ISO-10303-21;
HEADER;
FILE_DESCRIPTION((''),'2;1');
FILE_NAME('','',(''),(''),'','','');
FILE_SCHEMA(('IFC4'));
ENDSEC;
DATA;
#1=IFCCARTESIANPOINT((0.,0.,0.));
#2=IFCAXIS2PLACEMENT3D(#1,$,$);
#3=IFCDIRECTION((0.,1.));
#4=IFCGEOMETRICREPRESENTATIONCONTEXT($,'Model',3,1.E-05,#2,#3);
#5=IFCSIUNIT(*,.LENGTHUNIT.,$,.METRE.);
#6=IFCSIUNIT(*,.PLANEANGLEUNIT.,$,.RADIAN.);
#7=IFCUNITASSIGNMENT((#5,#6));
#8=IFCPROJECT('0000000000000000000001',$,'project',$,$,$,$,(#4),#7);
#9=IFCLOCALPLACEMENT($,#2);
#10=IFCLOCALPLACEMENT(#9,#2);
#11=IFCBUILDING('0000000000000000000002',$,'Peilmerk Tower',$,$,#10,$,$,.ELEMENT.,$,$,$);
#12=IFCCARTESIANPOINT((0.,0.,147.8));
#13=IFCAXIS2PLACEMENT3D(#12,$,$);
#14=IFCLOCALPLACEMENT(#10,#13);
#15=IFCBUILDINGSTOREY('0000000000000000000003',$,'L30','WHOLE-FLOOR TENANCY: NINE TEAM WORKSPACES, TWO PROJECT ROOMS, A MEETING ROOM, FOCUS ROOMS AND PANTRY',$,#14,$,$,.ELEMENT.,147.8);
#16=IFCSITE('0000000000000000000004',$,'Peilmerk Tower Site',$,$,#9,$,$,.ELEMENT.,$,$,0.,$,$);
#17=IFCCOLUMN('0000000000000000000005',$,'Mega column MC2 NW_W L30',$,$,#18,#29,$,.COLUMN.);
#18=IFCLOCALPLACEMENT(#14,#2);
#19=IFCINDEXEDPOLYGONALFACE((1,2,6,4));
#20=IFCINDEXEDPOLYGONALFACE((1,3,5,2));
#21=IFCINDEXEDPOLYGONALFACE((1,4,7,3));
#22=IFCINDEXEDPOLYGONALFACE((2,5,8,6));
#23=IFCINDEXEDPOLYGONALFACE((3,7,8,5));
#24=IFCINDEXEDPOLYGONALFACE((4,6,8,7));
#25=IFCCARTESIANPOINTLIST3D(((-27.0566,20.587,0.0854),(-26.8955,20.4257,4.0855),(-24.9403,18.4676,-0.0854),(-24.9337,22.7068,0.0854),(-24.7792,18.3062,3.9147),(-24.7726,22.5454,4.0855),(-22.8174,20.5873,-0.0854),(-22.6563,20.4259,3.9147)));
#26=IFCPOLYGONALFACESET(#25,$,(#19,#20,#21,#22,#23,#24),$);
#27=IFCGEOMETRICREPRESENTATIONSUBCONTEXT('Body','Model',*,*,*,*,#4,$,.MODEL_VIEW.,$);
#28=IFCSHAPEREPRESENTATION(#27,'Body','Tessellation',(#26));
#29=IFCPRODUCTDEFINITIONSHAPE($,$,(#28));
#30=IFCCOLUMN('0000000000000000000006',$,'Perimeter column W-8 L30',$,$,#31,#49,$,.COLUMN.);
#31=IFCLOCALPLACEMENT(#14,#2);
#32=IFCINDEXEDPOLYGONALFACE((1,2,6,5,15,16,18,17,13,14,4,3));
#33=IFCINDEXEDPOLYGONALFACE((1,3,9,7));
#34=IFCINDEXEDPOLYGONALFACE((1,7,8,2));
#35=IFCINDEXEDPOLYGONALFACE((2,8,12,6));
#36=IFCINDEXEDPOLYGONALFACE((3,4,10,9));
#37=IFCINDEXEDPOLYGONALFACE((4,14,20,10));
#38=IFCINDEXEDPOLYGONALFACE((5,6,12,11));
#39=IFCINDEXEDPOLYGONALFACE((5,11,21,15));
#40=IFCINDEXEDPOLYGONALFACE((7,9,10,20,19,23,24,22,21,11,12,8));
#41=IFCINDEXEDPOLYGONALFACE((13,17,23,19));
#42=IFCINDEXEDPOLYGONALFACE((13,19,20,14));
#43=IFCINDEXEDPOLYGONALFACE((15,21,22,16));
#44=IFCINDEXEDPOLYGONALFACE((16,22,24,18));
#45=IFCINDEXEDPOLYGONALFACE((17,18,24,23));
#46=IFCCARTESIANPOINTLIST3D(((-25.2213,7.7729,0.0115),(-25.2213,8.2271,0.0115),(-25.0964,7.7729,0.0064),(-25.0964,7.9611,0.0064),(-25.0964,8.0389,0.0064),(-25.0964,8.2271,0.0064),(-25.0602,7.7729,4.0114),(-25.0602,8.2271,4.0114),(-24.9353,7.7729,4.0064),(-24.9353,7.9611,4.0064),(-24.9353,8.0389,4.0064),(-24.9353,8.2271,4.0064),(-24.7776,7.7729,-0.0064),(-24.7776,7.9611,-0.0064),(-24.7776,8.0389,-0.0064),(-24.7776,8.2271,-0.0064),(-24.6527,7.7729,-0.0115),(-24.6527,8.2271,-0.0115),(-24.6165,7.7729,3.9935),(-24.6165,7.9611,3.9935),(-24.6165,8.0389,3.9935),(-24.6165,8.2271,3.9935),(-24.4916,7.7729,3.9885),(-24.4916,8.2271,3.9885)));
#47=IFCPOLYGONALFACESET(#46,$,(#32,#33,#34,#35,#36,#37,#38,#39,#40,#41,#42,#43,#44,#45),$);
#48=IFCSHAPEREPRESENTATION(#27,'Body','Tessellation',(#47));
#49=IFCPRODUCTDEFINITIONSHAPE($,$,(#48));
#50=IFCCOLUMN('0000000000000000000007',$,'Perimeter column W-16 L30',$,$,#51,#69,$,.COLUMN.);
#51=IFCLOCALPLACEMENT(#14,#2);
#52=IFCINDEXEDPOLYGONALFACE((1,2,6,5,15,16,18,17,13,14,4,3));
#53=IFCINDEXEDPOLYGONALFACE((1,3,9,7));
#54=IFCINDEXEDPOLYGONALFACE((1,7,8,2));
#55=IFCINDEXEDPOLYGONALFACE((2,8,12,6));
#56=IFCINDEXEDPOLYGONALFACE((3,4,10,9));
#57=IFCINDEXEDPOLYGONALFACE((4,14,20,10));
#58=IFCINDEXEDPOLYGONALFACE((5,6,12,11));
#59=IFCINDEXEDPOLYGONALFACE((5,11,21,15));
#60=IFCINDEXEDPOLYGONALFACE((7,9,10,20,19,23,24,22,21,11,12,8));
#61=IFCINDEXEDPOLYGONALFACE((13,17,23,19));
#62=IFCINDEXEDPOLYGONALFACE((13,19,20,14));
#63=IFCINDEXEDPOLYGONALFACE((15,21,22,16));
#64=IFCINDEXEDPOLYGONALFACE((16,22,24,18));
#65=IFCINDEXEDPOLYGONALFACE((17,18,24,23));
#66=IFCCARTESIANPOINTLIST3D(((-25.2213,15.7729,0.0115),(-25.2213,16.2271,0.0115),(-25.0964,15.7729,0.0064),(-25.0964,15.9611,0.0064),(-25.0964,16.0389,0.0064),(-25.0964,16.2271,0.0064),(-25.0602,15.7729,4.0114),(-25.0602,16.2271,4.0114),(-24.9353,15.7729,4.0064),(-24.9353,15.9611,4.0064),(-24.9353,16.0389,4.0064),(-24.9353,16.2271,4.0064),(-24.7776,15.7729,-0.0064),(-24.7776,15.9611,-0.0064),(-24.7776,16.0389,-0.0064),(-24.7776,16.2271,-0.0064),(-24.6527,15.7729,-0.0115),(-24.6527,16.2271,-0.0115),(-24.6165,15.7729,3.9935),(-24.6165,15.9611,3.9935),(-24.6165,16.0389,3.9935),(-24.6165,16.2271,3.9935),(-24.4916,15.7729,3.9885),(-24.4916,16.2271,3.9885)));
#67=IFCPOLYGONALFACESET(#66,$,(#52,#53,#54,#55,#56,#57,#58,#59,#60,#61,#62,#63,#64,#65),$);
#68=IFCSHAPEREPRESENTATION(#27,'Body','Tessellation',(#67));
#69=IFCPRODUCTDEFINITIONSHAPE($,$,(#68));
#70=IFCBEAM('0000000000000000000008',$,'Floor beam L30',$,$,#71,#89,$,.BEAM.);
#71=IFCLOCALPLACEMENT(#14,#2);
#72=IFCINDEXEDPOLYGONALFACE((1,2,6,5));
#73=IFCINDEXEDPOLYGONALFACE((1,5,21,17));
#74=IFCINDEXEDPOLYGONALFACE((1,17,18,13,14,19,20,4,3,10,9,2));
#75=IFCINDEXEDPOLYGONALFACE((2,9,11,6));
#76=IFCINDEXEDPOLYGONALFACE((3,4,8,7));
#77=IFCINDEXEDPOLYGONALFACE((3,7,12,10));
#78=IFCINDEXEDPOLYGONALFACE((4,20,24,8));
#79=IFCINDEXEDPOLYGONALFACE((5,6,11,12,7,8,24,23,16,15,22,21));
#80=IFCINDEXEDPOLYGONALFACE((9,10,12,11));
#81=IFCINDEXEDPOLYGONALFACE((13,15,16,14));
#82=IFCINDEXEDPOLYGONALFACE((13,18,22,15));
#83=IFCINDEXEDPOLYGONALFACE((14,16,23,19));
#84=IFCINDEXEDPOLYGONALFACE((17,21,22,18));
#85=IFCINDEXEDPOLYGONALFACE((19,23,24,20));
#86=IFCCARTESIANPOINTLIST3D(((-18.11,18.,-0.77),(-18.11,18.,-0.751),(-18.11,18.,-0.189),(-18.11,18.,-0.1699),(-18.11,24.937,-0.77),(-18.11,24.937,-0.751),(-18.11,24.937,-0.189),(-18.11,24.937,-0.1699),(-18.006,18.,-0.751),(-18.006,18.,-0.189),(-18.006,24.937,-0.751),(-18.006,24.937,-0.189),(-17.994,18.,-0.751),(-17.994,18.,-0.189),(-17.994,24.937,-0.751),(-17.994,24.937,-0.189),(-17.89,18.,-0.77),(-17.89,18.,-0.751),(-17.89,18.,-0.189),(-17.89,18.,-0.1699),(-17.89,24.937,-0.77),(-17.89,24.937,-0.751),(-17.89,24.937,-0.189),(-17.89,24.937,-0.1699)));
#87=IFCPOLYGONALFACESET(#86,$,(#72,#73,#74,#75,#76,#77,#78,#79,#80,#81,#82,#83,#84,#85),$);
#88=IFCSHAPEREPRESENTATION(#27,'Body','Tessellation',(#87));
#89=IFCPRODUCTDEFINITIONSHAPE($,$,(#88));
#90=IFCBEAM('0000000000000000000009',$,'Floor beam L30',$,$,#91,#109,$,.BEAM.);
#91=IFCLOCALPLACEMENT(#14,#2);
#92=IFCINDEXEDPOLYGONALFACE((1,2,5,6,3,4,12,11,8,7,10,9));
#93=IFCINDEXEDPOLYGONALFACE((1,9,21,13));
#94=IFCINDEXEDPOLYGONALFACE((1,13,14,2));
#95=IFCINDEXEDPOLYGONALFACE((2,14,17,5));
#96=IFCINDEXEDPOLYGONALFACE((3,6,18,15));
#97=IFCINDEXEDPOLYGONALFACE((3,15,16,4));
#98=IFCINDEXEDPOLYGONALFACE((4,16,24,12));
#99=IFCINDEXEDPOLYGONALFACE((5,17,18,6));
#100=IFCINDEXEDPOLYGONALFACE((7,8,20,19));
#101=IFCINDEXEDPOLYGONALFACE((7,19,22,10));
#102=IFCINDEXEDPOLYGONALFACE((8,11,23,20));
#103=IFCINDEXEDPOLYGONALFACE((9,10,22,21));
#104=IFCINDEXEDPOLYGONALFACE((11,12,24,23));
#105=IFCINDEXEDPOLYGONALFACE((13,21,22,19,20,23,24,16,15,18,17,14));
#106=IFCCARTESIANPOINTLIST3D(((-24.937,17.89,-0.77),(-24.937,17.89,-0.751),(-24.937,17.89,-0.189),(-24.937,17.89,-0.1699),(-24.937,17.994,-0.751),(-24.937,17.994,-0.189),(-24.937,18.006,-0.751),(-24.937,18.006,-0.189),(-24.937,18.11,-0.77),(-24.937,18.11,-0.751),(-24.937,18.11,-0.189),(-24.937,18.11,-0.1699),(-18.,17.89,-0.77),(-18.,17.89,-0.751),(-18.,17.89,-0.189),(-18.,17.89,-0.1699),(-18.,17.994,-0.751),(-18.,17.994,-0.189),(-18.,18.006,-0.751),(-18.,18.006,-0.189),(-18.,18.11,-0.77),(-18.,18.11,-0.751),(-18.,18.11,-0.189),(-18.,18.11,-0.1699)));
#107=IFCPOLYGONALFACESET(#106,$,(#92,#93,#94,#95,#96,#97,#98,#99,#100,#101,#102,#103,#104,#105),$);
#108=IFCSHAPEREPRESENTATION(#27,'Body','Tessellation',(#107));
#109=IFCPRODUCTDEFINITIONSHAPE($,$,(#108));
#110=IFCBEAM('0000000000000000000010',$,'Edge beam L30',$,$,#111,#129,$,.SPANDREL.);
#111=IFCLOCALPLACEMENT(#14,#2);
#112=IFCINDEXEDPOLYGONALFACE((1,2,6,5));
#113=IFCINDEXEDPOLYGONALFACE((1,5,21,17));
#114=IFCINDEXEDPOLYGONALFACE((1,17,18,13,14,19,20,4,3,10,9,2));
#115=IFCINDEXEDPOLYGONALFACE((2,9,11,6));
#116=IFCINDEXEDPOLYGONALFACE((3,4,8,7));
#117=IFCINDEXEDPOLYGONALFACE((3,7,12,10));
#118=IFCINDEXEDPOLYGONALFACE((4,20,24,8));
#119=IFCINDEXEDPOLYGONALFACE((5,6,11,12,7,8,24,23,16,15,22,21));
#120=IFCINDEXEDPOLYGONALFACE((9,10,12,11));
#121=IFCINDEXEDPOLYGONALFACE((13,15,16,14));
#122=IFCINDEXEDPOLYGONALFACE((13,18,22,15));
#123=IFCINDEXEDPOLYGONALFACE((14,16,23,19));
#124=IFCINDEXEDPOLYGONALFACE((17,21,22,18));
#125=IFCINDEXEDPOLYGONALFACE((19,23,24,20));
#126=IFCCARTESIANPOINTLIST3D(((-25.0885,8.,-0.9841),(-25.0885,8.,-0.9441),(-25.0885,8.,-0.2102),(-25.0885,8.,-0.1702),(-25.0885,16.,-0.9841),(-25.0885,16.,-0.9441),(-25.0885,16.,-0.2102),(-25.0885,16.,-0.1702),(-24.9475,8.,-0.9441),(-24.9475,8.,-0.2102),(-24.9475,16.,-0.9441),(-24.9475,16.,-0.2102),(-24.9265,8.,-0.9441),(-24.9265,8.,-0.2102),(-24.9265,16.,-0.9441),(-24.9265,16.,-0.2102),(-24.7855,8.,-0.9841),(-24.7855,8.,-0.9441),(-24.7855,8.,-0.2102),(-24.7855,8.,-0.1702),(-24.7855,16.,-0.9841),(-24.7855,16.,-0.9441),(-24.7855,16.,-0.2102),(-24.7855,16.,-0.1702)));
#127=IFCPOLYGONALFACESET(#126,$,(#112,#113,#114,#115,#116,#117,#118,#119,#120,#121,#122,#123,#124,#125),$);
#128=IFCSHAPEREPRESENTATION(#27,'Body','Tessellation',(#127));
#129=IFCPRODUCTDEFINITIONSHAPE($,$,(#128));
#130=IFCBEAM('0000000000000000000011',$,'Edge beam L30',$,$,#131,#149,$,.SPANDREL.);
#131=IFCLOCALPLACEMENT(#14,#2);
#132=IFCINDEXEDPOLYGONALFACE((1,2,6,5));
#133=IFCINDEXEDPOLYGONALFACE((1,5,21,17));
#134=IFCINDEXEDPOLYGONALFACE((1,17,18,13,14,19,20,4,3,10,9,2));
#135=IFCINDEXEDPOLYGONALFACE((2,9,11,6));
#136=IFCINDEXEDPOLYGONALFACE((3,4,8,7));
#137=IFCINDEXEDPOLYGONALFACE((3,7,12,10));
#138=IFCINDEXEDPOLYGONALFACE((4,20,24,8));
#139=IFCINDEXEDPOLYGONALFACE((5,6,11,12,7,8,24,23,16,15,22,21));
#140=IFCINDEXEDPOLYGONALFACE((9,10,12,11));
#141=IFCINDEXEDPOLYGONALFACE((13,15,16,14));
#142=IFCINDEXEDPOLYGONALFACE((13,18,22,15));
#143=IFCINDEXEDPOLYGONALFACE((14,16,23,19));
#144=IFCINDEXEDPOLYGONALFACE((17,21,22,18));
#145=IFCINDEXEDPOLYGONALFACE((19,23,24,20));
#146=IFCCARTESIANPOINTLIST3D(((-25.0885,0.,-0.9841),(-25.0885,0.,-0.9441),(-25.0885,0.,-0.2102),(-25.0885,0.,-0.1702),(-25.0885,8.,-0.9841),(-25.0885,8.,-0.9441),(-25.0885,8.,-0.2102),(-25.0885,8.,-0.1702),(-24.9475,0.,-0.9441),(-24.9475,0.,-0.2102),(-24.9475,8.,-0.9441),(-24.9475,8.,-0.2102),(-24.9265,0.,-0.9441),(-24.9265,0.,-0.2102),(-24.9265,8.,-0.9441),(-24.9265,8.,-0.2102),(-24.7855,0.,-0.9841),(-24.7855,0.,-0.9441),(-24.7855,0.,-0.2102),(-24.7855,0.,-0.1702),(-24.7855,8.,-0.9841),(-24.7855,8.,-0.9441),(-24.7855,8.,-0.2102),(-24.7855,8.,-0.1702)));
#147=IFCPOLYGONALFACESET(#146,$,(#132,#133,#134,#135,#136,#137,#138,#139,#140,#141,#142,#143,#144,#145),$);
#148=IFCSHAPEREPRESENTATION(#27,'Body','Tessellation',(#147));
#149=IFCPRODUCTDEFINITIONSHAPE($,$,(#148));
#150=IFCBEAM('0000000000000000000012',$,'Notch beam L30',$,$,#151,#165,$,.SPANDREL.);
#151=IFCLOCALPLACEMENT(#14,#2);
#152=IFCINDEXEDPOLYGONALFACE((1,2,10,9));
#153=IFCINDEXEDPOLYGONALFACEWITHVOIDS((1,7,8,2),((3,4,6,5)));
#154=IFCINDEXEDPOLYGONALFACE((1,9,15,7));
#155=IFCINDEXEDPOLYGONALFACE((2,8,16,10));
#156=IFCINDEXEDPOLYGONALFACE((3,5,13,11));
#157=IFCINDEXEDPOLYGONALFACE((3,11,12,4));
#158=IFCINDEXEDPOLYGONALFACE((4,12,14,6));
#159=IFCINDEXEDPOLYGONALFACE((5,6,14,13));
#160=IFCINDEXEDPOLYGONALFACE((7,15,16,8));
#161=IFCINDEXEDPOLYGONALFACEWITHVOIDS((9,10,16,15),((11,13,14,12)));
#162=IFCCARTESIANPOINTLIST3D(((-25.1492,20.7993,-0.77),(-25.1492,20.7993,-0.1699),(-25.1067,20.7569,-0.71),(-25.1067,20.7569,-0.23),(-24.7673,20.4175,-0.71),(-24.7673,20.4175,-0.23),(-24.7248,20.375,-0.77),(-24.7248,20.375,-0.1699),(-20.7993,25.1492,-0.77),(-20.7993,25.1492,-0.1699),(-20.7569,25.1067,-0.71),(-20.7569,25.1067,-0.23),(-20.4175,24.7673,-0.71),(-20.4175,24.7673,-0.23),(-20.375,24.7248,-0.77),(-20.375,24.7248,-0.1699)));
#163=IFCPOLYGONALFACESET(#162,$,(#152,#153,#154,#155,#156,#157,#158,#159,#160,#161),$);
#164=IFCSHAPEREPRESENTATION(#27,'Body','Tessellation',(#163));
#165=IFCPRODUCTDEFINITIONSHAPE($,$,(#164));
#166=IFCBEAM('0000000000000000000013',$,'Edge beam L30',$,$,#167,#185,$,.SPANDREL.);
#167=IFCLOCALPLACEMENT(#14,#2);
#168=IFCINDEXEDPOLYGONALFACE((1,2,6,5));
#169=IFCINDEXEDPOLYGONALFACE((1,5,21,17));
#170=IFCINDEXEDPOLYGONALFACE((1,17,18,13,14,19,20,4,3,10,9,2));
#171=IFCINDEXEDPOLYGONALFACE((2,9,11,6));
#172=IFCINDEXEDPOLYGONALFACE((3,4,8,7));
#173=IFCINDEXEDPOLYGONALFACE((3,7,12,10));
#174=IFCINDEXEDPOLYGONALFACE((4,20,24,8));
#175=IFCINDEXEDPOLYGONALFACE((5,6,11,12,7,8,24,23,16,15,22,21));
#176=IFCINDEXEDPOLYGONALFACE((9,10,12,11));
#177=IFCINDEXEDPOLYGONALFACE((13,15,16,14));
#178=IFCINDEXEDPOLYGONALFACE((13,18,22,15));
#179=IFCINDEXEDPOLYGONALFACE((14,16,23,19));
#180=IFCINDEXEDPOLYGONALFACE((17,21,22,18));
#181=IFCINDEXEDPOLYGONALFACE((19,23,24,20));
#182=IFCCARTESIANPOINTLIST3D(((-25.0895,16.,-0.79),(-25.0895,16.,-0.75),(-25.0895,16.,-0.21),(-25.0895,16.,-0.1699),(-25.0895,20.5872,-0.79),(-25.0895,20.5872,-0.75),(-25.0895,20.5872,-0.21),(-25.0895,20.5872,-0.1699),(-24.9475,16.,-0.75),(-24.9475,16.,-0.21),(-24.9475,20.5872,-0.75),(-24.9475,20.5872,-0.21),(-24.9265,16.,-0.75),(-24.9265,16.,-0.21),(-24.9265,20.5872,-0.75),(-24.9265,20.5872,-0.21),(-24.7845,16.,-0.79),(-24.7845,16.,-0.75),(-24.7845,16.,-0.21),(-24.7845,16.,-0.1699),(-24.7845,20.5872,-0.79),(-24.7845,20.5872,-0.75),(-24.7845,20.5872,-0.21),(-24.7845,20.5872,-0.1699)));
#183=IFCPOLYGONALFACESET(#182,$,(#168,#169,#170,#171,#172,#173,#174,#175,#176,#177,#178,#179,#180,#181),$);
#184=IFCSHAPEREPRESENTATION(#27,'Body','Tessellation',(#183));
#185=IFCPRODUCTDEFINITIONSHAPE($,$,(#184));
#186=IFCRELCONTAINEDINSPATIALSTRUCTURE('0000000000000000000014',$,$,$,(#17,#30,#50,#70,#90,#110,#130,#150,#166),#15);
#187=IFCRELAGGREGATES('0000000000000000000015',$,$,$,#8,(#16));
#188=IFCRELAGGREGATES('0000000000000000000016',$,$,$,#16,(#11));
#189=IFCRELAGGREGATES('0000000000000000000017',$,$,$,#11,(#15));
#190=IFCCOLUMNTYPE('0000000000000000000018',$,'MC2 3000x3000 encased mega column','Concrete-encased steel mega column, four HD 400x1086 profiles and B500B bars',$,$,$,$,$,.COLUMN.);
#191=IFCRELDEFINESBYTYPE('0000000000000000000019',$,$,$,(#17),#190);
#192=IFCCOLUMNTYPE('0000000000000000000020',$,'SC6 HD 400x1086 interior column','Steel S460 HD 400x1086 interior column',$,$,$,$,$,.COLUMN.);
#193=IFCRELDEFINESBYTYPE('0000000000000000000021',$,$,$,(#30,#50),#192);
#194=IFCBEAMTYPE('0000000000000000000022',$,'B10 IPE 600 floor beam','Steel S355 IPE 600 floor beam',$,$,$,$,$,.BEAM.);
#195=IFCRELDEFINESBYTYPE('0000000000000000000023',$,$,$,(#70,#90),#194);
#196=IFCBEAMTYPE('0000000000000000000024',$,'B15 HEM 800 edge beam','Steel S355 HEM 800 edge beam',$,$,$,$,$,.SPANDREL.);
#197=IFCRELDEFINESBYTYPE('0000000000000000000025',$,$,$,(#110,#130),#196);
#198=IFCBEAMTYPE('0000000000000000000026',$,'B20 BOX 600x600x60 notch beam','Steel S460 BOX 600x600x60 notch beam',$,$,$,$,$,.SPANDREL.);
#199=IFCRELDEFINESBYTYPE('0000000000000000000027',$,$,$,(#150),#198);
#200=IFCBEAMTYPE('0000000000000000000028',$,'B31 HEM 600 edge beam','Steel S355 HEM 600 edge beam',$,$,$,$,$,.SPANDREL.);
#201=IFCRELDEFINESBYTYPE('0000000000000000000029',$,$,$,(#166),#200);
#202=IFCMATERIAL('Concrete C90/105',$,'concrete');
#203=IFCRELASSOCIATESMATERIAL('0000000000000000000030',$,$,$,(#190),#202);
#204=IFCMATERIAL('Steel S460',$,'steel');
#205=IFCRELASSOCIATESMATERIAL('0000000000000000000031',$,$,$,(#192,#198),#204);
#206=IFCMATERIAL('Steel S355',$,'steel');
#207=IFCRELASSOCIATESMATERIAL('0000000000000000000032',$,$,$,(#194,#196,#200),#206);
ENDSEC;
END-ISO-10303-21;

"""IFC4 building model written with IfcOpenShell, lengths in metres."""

from ifc_helpers import new_model, si_unit, direction, frame, origin, origin_2d, place, context, subcontext, project, spatial, rectangle, hollow_rectangle, i_section, extrude, material, material_profile, profile_set, type_object, element, save


model = new_model("IFC4")

# Units and contexts
model_context = context("Model", 3, precision=1e-05, world=origin(), true_north=direction((0.0, 1.0)))
body_context = subcontext(model_context, "Body", "Model", "MODEL_VIEW")
ifc_project = project(units=[si_unit("LENGTHUNIT", "METRE"), si_unit("PLANEANGLEUNIT", "RADIAN")], contexts=[model_context])

# Site, building, storey
site_placement = place(None, origin())
site = spatial("IfcSite", under=ifc_project, at=site_placement, Name="Peilmerk Tower Site", CompositionType="ELEMENT", RefElevation=0.0)
building_placement = place(site_placement, origin())
building = spatial("IfcBuilding", under=site, at=building_placement, Name="Peilmerk Tower", CompositionType="ELEMENT")
storey_placement = place(building_placement, frame((0.0, 0.0, 147.8)))
storey = spatial("IfcBuildingStorey", under=building, at=storey_placement, Name="L30", Description="WHOLE-FLOOR TENANCY: NINE TEAM WORKSPACES, TWO PROJECT ROOMS, A MEETING ROOM, FOCUS ROOMS AND PANTRY", CompositionType="ELEMENT", Elevation=147.8)

# Columns
ifc_material_1 = material(Name="Concrete C90/105", Category="concrete")
ifc_material_profile_1 = material_profile(ifc_material_1, rectangle(XDim=3.0, YDim=3.0, at=origin_2d()), Name="RC 3000x3000")
ifc_profile_set_1 = profile_set([ifc_material_profile_1], Name="Concrete C90/105")
column_type_1 = type_object("IfcColumnType", Name="MC2 3000x3000 encased mega column", Description="Concrete-encased steel mega column, four HD 400x1086 profiles and B500B bars", PredefinedType="COLUMN", material=ifc_profile_set_1)
column_placement = place(storey_placement, frame((-24.937, 20.5872, 0.0), z_axis=(0.040218, -0.040279, 0.998379), x_axis=(0.707642, 0.706571, 0.0)))
element("IfcColumn", 1, at=column_placement, inside=storey, type_object=column_type_1, Name="Mega column MC2 NW_W L30", PredefinedType="COLUMN", context=body_context, shape_type="SweptSolid", body=[
    extrude(rectangle(XDim=3.0, YDim=3.0, at=origin_2d()), origin(), (0.0, 0.0, 1.0), 4.0066),
])
ifc_material_2 = material(Name="Steel S460", Category="steel")
ifc_material_profile_2 = material_profile(ifc_material_2, i_section(OverallWidth=0.4541, OverallDepth=0.5691, WebThickness=0.0779, FlangeThickness=0.125, at=origin_2d()), Name="HD 400x1086")
ifc_profile_set_2 = profile_set([ifc_material_profile_2], Name="Steel S460")
column_type_2 = type_object("IfcColumnType", Name="SC6 HD 400x1086 interior column", Description="Steel S460 HD 400x1086 interior column", PredefinedType="COLUMN", material=ifc_profile_set_2)
for number, where, z_axis, x_axis, name in (
    (2, (-24.937, 8.0, 0.0), (0.040251, 0.0, 0.99919), (0.0, 1.0, 0.0), "Perimeter column W-8 L30"),
    (3, (-24.937, 16.0, 0.0), (0.040251, 0.0, 0.99919), (0.0, 1.0, 0.0), "Perimeter column W-16 L30"),
):
    element("IfcColumn", number, at=place(storey_placement, frame(where, z_axis=z_axis, x_axis=x_axis)), inside=storey, type_object=column_type_2, Name=name, PredefinedType="COLUMN", context=body_context, shape_type="SweptSolid", body=[
        extrude(i_section(OverallWidth=0.4541, OverallDepth=0.5691, WebThickness=0.0779, FlangeThickness=0.125, at=origin_2d()), origin(), (0.0, 0.0, 1.0), 4.0032),
    ])

# Beams
ifc_material_3 = material(Name="Steel S355", Category="steel")
ifc_material_profile_3 = material_profile(ifc_material_3, i_section(OverallWidth=0.22, OverallDepth=0.6001, WebThickness=0.012, FlangeThickness=0.019, at=origin_2d()), Name="IPE 600")
ifc_profile_set_3 = profile_set([ifc_material_profile_3], Name="Steel S355")
beam_type_1 = type_object("IfcBeamType", Name="B10 IPE 600 floor beam", Description="Steel S355 IPE 600 floor beam", PredefinedType="BEAM", material=ifc_profile_set_3)
for number, where, z_axis, x_axis, name in (
    (4, (-18.0, 18.0, -0.47), (0.0, 1.0, 0.0), (-1.0, 0.0, 0.0), "Floor beam L30"),
    (5, (-18.0, 18.0, -0.47), (-1.0, 0.0, 0.0), (0.0, -1.0, 0.0), "Floor beam L30"),
):
    element("IfcBeam", number, at=place(storey_placement, frame(where, z_axis=z_axis, x_axis=x_axis)), inside=storey, type_object=beam_type_1, Name=name, PredefinedType="BEAM", context=body_context, shape_type="SweptSolid", body=[
        extrude(i_section(OverallWidth=0.22, OverallDepth=0.6001, WebThickness=0.012, FlangeThickness=0.019, at=origin_2d()), origin(), (0.0, 0.0, 1.0), 6.937),
    ])
ifc_material_profile_4 = material_profile(ifc_material_3, i_section(OverallWidth=0.303, OverallDepth=0.814, WebThickness=0.021, FlangeThickness=0.04, at=origin_2d()), Name="HEM 800")
ifc_profile_set_4 = profile_set([ifc_material_profile_4], Name="Steel S355")
beam_type_2 = type_object("IfcBeamType", Name="B15 HEM 800 edge beam", Description="Steel S355 HEM 800 edge beam", PredefinedType="SPANDREL", material=ifc_profile_set_4)
for number, where, z_axis, x_axis, name in (
    (6, (-24.937, 16.0, -0.5771), (0.0, -1.0, 0.0), (1.0, 0.0, 0.0), "Edge beam L30"),
    (7, (-24.937, 8.0, -0.5771), (0.0, -1.0, 0.0), (1.0, 0.0, 0.0), "Edge beam L30"),
):
    element("IfcBeam", number, at=place(storey_placement, frame(where, z_axis=z_axis, x_axis=x_axis)), inside=storey, type_object=beam_type_2, Name=name, PredefinedType="SPANDREL", context=body_context, shape_type="SweptSolid", body=[
        extrude(i_section(OverallWidth=0.303, OverallDepth=0.814, WebThickness=0.021, FlangeThickness=0.04, at=origin_2d()), origin(), (0.0, 0.0, 1.0), 8.0),
    ])
ifc_material_profile_5 = material_profile(ifc_material_2, hollow_rectangle(XDim=0.6001, YDim=0.6001, WallThickness=0.0601, at=origin_2d()), Name="BOX 600x600x60")
ifc_profile_set_5 = profile_set([ifc_material_profile_5], Name="Steel S460")
beam_type_3 = type_object("IfcBeamType", Name="B20 BOX 600x600x60 notch beam", Description="Steel S460 BOX 600x600x60 notch beam", PredefinedType="SPANDREL", material=ifc_profile_set_5)
beam_1_placement = place(storey_placement, frame((-24.937, 20.5872, -0.47), z_axis=(0.707107, 0.707107, 0.0), x_axis=(-0.707107, 0.707107, 0.0)))
element("IfcBeam", 8, at=beam_1_placement, inside=storey, type_object=beam_type_3, Name="Notch beam L30", PredefinedType="SPANDREL", context=body_context, shape_type="SweptSolid", body=[
    extrude(hollow_rectangle(XDim=0.6001, YDim=0.6001, WallThickness=0.0601, at=origin_2d()), origin(), (0.0, 0.0, 1.0), 6.1516),
])
ifc_material_profile_6 = material_profile(ifc_material_3, i_section(OverallWidth=0.3049, OverallDepth=0.6201, WebThickness=0.021, FlangeThickness=0.04, at=origin_2d()), Name="HEM 600")
ifc_profile_set_6 = profile_set([ifc_material_profile_6], Name="Steel S355")
beam_type_4 = type_object("IfcBeamType", Name="B31 HEM 600 edge beam", Description="Steel S355 HEM 600 edge beam", PredefinedType="SPANDREL", material=ifc_profile_set_6)
beam_2_placement = place(storey_placement, frame((-24.937, 20.5872, -0.48), z_axis=(0.0, -1.0, 0.0), x_axis=(1.0, 0.0, 0.0)))
element("IfcBeam", 9, at=beam_2_placement, inside=storey, type_object=beam_type_4, Name="Edge beam L30", PredefinedType="SPANDREL", context=body_context, shape_type="SweptSolid", body=[
    extrude(i_section(OverallWidth=0.3049, OverallDepth=0.6201, WebThickness=0.021, FlangeThickness=0.04, at=origin_2d()), origin(), (0.0, 0.0, 1.0), 4.5872),
])

save(model, "model.ifc")
